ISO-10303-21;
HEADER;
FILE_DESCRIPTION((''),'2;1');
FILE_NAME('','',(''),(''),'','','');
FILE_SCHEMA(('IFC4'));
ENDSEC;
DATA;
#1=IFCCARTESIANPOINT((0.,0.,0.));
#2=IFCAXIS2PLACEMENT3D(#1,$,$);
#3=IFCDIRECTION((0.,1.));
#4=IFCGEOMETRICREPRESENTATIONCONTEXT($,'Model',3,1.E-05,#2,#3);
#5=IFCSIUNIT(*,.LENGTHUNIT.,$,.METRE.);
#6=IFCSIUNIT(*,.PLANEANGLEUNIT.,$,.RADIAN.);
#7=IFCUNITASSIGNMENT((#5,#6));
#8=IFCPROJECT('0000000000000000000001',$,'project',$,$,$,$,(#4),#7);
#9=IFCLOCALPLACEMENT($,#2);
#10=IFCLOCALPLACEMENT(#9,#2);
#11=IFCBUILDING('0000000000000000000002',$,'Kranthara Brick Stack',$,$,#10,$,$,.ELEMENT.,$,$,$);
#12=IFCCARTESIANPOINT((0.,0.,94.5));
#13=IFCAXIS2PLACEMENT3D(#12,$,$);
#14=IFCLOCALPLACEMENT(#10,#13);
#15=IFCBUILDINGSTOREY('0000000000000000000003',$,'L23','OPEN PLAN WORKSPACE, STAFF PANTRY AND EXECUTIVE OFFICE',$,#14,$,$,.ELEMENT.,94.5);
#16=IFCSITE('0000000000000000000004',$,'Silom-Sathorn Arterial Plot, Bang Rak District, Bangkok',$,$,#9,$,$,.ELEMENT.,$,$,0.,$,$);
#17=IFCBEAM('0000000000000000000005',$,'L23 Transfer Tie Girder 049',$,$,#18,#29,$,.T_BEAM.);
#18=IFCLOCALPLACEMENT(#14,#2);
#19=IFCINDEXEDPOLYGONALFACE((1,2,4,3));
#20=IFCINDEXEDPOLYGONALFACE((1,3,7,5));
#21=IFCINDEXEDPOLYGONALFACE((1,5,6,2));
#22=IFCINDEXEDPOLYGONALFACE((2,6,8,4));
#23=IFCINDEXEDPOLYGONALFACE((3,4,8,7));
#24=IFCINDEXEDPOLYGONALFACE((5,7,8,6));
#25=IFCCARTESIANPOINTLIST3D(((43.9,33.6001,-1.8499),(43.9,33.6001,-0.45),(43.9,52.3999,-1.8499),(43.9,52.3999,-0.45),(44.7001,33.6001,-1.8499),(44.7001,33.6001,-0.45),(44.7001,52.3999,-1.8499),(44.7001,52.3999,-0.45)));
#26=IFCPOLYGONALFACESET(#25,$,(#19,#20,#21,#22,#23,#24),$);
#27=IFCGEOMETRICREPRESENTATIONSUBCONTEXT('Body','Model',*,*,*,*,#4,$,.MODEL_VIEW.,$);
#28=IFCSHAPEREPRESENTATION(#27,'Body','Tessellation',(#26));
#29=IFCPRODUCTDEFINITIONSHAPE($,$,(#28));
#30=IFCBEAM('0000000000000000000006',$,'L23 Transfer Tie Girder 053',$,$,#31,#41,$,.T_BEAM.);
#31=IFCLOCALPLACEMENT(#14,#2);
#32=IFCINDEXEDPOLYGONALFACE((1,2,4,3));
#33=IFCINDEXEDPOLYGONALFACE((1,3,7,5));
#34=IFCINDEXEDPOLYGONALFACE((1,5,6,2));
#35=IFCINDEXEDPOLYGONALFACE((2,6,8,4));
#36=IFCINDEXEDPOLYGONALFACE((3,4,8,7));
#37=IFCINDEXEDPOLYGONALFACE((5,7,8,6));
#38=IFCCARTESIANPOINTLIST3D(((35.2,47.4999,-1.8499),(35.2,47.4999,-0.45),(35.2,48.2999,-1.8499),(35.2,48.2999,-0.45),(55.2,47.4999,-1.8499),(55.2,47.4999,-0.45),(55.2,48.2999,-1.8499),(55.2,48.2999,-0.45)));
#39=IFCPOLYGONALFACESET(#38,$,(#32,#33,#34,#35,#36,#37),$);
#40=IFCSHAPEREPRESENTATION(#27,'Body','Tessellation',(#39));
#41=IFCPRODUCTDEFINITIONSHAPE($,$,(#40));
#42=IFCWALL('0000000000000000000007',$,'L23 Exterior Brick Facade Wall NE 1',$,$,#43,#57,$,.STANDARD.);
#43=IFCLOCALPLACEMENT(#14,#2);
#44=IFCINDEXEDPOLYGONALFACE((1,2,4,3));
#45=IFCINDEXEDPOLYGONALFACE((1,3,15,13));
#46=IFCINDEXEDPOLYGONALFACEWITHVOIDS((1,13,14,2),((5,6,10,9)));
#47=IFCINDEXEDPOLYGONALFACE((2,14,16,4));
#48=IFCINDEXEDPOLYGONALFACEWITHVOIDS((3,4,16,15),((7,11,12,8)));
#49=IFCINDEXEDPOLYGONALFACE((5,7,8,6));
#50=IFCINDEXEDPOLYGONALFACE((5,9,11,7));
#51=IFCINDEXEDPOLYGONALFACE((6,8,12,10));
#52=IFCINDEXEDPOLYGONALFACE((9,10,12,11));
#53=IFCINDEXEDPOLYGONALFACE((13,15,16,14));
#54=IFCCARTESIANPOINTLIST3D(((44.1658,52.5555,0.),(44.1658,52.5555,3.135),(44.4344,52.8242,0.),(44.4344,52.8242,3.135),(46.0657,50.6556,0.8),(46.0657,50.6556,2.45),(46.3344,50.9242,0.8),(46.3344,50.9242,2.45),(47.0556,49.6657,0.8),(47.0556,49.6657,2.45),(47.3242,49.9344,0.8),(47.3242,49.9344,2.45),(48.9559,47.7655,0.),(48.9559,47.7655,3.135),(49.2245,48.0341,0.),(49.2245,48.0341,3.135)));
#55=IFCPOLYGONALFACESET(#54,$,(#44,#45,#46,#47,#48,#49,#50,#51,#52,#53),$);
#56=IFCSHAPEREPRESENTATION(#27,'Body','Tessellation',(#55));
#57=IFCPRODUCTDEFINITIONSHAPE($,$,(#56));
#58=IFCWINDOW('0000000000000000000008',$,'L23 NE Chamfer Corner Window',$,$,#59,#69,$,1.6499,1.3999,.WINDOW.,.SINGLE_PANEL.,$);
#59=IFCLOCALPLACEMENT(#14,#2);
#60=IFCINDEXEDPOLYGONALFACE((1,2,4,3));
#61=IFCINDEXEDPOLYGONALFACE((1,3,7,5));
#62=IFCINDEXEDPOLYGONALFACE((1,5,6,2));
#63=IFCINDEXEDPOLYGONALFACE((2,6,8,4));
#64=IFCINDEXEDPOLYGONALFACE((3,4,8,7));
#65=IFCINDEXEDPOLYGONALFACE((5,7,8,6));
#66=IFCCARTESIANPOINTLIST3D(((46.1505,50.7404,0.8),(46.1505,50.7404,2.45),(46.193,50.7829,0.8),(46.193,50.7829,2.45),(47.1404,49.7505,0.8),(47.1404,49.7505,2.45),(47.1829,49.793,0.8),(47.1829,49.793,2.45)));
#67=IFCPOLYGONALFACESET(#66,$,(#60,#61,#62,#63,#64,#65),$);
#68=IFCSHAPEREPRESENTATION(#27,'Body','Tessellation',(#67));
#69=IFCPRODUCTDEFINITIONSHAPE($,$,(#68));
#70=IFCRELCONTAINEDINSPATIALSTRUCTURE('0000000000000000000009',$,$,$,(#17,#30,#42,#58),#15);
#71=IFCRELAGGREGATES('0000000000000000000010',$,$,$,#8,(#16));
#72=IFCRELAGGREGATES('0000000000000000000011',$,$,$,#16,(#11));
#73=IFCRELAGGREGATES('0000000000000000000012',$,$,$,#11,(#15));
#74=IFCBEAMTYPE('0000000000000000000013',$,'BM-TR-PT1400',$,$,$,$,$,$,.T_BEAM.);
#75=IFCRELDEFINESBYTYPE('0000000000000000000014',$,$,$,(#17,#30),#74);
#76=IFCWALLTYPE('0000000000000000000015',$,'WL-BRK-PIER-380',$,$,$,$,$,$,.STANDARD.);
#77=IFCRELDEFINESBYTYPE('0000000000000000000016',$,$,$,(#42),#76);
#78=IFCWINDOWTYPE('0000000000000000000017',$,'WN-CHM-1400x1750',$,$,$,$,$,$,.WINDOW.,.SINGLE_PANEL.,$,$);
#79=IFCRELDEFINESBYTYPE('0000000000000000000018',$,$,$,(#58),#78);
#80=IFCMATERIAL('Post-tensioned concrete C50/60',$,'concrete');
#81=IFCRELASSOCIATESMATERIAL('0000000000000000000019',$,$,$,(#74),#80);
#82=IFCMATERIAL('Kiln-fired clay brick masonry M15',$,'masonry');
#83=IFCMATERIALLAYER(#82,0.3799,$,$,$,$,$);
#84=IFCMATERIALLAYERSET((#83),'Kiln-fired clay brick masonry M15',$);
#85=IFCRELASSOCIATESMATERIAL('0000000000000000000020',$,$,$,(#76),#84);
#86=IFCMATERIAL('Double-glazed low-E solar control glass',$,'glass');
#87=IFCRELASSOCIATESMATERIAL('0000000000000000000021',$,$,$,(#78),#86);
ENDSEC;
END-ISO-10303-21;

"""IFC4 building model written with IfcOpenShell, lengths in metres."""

from ifc_helpers import new_model, si_unit, direction, frame, frame_2d, origin, origin_2d, place, context, subcontext, project, spatial, rectangle, extrude, material, layer, layer_set, material_profile, profile_set, type_object, element, fill, save


model = new_model("IFC4")

# Units and contexts
model_context = context("Model", 3, precision=1e-05, world=origin(), true_north=direction((0.0, 1.0)))
body_context = subcontext(model_context, "Body", "Model", "MODEL_VIEW")
ifc_project = project(units=[si_unit("LENGTHUNIT", "METRE"), si_unit("PLANEANGLEUNIT", "RADIAN")], contexts=[model_context])

# Site, building, storey
site_placement = place(None, origin())
site = spatial("IfcSite", under=ifc_project, at=site_placement, Name="Silom-Sathorn Arterial Plot, Bang Rak District, Bangkok", CompositionType="ELEMENT", RefElevation=0.0)
building_placement = place(site_placement, origin())
building = spatial("IfcBuilding", under=site, at=building_placement, Name="Kranthara Brick Stack", CompositionType="ELEMENT")
storey_placement = place(building_placement, frame((0.0, 0.0, 94.5)))
storey = spatial("IfcBuildingStorey", under=building, at=storey_placement, Name="L23", Description="OPEN PLAN WORKSPACE, STAFF PANTRY AND EXECUTIVE OFFICE", CompositionType="ELEMENT", Elevation=94.5)

# Beams
ifc_material_1 = material(Name="Post-tensioned concrete C50/60", Category="concrete")
ifc_material_profile_1 = material_profile(ifc_material_1, rectangle(XDim=0.8, YDim=1.3999, at=origin_2d()), Name="PT 800x1400")
ifc_profile_set_1 = profile_set([ifc_material_profile_1], Name="Post-tensioned concrete C50/60")
beam_type_1 = type_object("IfcBeamType", Name="BM-TR-PT1400", PredefinedType="T_BEAM", material=ifc_profile_set_1)
beam_1_placement = place(storey_placement, frame((44.3, 52.3999, -1.1499), z_axis=(0.0, -1.0, 0.0), x_axis=(1.0, 0.0, 0.0)))
element("IfcBeam", 1, at=beam_1_placement, inside=storey, type_object=beam_type_1, Name="L23 Transfer Tie Girder 049", PredefinedType="T_BEAM", context=body_context, shape_type="SweptSolid", body=[
    extrude(rectangle(XDim=0.8, YDim=1.3999, at=origin_2d()), origin(), (0.0, 0.0, 1.0), 18.7998),
])
beam_2_placement = place(storey_placement, frame((55.2, 47.8999, -1.1499), z_axis=(-1.0, 0.0, 0.0), x_axis=(0.0, -1.0, 0.0)))
element("IfcBeam", 2, at=beam_2_placement, inside=storey, type_object=beam_type_1, Name="L23 Transfer Tie Girder 053", PredefinedType="T_BEAM", context=body_context, shape_type="SweptSolid", body=[
    extrude(rectangle(XDim=0.8, YDim=1.3999, at=origin_2d()), origin(), (0.0, 0.0, 1.0), 20.0),
])

# Wall, opening, window
ifc_material_2 = material(Name="Kiln-fired clay brick masonry M15", Category="masonry")
ifc_layer_1 = layer(ifc_material_2, 0.3799)
ifc_layer_set_1 = layer_set([ifc_layer_1], Name="Kiln-fired clay brick masonry M15")
wall_type = type_object("IfcWallType", Name="WL-BRK-PIER-380", PredefinedType="STANDARD", material=ifc_layer_set_1)
wall_1_placement = place(storey_placement, frame((44.3, 52.6899, 0.0), z_axis=(0.0, 0.0, 1.0), x_axis=(0.707107, -0.707107, 0.0)))
wall_1 = element("IfcWall", 3, at=wall_1_placement, inside=storey, type_object=wall_type, Name="L23 Exterior Brick Facade Wall NE 1", PredefinedType="STANDARD", context=body_context, shape_type="SweptSolid", body=[
    extrude(rectangle(XDim=6.7742, YDim=0.3799, at=frame_2d((3.3872, 0.0))), origin(), (0.0, 0.0, 1.0), 3.135),
])
opening_1_placement = place(wall_1_placement, frame((2.687, 0.0, 0.8)))
opening_1 = element("IfcOpeningElement", 4, at=opening_1_placement, cuts=wall_1, PredefinedType="OPENING", context=body_context, shape_type="SweptSolid", body=[
    extrude(rectangle(XDim=1.3999, YDim=1.6499, at=frame_2d((0.7, 0.825))), frame((0.0, 0.2, 0.0), z_axis=(0.0, -1.0, 0.0), x_axis=(1.0, 0.0, 0.0)), (0.0, 0.0, 1.0), 0.3999),
])
ifc_material_3 = material(Name="Double-glazed low-E solar control glass", Category="glass")
window_type_1 = type_object("IfcWindowType", Name="WN-CHM-1400x1750", PartitioningType="SINGLE_PANEL", PredefinedType="WINDOW", material=ifc_material_3)
window_1_placement = place(opening_1_placement, origin())
window_1 = element("IfcWindow", 5, at=window_1_placement, inside=storey, type_object=window_type_1, Name="L23 NE Chamfer Corner Window", OverallHeight=1.6499, OverallWidth=1.3999, PartitioningType="SINGLE_PANEL", PredefinedType="WINDOW", context=body_context, shape_type="SweptSolid", body=[
    extrude(rectangle(XDim=1.3999, YDim=1.6499, at=frame_2d((0.7, 0.825))), frame((0.0, -0.01, 0.0), z_axis=(0.0, -1.0, 0.0), x_axis=(1.0, 0.0, 0.0)), (0.0, 0.0, 1.0), 0.0601),
])
fill(opening_1, window_1)

save(model, "model.ifc")
